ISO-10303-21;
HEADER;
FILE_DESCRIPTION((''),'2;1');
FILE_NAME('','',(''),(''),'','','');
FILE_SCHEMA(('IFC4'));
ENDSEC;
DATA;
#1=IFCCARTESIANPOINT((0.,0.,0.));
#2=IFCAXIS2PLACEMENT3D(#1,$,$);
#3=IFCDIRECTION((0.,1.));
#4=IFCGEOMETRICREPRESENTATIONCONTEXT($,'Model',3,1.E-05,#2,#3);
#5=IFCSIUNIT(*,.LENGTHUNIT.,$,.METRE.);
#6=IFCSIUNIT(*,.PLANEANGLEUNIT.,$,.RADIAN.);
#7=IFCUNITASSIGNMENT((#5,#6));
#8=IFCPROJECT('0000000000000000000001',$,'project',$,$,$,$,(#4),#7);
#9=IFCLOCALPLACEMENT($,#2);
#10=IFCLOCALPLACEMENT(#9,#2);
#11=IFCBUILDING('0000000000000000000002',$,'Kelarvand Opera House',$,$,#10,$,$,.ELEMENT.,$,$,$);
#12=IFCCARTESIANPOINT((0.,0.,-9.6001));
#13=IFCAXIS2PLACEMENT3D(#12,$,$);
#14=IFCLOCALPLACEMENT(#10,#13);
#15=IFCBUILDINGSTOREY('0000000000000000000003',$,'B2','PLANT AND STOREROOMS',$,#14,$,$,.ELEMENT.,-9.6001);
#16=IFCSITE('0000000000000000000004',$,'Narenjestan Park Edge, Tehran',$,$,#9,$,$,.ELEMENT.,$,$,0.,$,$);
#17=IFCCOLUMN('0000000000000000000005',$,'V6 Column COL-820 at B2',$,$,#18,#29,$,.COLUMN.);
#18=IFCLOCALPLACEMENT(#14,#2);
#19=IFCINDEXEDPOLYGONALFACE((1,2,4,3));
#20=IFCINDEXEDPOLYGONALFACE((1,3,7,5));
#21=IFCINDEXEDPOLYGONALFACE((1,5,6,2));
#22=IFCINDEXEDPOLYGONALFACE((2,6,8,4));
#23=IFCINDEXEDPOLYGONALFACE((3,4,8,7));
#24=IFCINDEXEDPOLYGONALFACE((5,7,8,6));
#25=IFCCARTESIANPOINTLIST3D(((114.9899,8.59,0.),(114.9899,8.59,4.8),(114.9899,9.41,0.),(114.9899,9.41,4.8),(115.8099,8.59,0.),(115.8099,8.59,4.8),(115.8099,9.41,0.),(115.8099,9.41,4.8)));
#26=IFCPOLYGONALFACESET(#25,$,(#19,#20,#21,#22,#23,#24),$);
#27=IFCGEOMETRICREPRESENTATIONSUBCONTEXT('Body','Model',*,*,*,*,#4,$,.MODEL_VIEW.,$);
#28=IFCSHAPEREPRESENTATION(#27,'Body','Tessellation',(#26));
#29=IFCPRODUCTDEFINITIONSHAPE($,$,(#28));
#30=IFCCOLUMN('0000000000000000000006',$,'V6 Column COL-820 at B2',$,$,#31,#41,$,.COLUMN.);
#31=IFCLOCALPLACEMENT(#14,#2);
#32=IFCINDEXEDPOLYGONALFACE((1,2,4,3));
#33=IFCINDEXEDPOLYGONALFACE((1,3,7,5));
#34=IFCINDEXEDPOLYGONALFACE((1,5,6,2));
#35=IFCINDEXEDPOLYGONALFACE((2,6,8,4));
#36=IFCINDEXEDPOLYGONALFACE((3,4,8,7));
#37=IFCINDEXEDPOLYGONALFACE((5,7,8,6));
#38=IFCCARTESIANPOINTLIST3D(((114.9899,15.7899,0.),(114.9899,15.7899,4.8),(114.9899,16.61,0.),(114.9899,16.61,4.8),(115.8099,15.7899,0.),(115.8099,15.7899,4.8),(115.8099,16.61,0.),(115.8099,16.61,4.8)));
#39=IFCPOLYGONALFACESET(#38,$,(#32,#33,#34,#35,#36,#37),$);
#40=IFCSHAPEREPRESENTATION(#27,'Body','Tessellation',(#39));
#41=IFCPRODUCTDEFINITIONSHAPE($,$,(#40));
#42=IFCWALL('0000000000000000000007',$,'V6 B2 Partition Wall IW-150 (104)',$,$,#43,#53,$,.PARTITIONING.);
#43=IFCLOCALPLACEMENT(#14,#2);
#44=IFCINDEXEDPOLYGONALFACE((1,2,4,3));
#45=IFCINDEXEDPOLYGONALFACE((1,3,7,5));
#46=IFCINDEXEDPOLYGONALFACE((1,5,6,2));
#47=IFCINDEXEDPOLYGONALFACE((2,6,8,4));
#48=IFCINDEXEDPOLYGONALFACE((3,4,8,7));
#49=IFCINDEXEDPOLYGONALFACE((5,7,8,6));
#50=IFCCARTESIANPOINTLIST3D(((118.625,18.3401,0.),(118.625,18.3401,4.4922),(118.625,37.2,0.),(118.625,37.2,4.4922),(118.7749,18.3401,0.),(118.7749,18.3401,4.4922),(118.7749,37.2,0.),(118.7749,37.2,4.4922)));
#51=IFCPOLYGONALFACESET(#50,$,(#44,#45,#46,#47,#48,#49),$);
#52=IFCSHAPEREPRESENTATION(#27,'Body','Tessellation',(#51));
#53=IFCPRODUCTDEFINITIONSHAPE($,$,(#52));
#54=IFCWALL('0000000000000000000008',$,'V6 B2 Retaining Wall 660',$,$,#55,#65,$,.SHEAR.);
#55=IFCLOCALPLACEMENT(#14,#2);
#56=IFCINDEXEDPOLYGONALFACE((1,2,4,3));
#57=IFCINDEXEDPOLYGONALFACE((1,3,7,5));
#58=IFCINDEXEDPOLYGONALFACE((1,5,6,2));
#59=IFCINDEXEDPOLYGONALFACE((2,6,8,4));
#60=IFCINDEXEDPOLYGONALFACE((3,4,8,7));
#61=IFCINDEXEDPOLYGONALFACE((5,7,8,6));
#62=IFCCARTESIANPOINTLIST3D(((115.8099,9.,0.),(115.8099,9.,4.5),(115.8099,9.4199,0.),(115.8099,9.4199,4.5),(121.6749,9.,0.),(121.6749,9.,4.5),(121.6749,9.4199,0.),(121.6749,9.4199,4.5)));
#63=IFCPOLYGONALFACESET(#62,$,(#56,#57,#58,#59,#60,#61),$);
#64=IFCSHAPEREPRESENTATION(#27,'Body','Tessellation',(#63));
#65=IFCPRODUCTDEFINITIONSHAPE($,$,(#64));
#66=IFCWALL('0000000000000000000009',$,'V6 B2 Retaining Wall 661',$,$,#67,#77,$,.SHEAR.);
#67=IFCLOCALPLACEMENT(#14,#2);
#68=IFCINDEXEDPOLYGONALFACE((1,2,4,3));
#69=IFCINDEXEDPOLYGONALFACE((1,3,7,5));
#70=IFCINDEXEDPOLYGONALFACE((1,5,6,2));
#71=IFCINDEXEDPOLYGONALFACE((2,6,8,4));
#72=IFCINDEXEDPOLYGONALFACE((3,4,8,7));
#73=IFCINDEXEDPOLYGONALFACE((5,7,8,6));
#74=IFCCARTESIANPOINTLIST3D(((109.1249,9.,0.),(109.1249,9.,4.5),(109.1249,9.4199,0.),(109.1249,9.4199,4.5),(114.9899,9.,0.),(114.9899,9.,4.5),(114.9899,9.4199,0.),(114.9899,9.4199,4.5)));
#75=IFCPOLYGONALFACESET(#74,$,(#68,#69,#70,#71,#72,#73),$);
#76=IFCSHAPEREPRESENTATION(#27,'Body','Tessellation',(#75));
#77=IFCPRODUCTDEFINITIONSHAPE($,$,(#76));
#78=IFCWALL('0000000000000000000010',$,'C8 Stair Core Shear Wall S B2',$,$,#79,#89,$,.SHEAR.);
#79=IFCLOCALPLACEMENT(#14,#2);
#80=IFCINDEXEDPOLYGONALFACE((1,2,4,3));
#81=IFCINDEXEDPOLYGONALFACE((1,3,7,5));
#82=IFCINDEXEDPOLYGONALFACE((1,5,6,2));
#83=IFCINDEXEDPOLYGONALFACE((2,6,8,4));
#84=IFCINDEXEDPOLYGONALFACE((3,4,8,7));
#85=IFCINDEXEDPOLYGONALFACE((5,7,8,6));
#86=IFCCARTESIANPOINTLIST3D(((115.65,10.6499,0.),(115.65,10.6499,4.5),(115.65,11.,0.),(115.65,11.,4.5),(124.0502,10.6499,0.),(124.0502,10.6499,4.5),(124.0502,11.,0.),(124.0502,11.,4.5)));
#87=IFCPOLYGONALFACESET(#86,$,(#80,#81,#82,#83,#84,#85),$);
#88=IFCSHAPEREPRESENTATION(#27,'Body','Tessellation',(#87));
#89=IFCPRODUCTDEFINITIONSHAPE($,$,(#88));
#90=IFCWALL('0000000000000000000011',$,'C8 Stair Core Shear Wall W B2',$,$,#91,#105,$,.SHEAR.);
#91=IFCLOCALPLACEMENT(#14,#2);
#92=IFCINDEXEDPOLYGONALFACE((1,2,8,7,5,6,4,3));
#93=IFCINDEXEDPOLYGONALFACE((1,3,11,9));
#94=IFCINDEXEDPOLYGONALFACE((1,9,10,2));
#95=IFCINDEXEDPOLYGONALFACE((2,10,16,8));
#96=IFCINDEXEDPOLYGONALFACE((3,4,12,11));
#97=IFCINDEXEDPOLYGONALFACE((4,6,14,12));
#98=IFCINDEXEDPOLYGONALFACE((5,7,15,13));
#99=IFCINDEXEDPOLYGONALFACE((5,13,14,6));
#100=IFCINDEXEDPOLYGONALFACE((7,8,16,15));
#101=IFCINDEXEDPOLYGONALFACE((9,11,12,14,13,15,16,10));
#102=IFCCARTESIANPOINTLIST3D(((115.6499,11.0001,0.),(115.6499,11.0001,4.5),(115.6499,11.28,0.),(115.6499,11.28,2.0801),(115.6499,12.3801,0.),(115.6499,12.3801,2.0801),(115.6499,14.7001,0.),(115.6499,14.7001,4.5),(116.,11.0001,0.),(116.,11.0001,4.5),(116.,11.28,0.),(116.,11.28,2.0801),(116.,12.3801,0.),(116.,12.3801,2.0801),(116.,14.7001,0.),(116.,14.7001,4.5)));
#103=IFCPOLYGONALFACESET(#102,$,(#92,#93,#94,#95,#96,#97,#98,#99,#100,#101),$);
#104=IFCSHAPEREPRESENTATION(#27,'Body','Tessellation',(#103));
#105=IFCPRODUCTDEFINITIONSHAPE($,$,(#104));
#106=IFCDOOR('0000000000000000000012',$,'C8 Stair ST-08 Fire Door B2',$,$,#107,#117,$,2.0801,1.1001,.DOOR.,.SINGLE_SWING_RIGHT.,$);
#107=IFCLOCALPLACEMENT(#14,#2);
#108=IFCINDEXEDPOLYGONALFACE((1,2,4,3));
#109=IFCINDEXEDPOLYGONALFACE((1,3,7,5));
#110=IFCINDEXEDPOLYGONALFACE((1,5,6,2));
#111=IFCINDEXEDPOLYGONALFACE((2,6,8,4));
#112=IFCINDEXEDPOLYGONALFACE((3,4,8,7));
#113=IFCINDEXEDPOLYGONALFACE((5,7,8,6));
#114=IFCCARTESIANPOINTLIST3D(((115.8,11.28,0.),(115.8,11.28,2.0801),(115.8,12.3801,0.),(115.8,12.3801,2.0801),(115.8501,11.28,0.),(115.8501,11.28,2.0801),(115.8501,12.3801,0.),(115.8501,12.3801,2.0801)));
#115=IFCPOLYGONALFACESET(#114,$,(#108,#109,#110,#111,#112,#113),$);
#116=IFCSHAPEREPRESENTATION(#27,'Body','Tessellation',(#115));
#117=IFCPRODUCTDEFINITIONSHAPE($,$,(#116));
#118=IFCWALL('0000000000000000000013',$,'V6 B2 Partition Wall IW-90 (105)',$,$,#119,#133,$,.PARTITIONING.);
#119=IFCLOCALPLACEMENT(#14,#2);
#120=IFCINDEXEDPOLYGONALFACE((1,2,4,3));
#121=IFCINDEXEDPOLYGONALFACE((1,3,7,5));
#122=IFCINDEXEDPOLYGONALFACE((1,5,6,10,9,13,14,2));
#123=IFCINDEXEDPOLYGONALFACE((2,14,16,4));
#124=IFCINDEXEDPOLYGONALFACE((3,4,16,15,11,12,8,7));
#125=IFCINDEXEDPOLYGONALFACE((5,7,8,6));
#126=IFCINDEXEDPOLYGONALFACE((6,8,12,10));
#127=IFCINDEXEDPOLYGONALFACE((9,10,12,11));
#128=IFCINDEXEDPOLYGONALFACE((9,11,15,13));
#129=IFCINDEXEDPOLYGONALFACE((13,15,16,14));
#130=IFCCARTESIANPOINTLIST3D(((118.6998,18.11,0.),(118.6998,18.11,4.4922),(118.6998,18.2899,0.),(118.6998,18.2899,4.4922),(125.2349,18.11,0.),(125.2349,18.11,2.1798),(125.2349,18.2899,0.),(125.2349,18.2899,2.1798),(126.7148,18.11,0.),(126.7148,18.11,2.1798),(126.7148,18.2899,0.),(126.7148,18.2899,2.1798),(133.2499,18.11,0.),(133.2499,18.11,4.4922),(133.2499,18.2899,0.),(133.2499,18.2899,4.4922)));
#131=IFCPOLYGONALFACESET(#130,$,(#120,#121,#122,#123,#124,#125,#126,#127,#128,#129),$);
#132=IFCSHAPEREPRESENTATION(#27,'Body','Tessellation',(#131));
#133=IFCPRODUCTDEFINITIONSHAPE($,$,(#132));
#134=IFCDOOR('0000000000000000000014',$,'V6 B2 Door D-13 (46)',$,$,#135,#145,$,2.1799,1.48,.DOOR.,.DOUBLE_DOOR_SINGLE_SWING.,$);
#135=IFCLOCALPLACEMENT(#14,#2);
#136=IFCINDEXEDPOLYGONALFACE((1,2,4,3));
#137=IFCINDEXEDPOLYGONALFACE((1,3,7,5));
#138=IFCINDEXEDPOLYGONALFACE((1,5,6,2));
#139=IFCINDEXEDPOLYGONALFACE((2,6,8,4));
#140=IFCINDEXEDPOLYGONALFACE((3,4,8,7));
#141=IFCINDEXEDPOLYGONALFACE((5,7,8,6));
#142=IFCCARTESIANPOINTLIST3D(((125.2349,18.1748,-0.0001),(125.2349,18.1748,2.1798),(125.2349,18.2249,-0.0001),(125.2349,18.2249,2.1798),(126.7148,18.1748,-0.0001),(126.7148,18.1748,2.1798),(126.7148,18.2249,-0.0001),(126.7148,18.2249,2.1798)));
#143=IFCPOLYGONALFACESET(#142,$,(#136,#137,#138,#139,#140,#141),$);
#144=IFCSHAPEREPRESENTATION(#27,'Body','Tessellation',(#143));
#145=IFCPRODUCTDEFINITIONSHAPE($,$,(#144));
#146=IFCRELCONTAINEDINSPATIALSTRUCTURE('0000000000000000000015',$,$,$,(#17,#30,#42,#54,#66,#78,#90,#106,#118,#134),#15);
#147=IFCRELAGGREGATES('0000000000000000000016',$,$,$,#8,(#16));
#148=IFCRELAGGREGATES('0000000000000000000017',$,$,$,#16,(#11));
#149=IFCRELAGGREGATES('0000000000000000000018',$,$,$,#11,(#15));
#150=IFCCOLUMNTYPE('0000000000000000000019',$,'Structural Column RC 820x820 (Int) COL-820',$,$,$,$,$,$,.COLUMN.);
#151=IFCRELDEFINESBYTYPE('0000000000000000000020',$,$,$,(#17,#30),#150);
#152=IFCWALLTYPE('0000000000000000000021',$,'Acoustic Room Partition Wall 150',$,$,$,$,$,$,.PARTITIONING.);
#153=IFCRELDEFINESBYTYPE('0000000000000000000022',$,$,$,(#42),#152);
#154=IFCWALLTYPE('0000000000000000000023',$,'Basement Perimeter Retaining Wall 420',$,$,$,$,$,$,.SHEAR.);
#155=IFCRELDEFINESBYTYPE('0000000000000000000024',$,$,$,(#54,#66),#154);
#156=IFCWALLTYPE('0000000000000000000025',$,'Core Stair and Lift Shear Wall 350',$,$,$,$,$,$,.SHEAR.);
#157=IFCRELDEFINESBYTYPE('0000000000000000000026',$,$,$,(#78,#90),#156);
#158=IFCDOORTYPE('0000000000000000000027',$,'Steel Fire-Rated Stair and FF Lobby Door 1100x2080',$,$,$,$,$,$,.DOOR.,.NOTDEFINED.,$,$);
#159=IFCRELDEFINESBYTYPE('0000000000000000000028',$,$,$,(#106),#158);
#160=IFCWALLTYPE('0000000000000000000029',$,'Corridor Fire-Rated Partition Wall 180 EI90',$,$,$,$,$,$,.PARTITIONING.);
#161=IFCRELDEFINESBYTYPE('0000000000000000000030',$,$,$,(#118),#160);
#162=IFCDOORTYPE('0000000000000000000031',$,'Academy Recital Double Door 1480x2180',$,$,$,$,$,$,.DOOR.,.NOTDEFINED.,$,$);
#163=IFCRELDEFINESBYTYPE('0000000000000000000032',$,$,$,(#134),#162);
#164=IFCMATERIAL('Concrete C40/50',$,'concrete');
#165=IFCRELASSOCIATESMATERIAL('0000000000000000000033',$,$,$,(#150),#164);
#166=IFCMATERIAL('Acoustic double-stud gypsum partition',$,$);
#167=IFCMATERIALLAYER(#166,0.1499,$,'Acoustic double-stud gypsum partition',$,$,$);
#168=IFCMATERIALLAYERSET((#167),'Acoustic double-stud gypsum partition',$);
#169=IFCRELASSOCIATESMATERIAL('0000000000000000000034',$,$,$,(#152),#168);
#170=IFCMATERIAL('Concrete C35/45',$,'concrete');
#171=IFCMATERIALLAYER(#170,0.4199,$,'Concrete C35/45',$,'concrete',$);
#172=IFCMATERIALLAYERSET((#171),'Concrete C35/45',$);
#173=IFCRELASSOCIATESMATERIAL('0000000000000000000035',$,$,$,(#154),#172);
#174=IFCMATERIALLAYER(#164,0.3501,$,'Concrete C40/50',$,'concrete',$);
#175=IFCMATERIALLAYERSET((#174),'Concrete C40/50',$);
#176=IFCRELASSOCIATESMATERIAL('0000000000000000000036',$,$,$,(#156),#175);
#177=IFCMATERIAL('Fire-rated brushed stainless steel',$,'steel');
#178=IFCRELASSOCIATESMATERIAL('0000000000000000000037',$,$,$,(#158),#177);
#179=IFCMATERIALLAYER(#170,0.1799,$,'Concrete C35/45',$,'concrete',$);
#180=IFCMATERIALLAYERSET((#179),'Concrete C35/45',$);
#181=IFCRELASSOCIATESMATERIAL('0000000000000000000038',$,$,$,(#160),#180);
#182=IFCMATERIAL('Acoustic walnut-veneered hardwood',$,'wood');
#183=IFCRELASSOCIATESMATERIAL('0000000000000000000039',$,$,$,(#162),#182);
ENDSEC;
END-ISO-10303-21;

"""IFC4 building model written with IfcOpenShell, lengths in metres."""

from ifc_helpers import new_model, si_unit, direction, frame, frame_2d, origin, origin_2d, place, context, subcontext, project, spatial, rectangle, extrude, material, layer, layer_set, material_profile, profile_set, type_object, element, fill, save


model = new_model("IFC4")

# Units and contexts
model_context = context("Model", 3, precision=1e-05, world=origin(), true_north=direction((0.0, 1.0)))
body_context = subcontext(model_context, "Body", "Model", "MODEL_VIEW")
ifc_project = project(units=[si_unit("LENGTHUNIT", "METRE"), si_unit("PLANEANGLEUNIT", "RADIAN")], contexts=[model_context])

# Site, building, storey
site_placement = place(None, origin())
site = spatial("IfcSite", under=ifc_project, at=site_placement, Name="Narenjestan Park Edge, Tehran", CompositionType="ELEMENT", RefElevation=0.0)
building_placement = place(site_placement, origin())
building = spatial("IfcBuilding", under=site, at=building_placement, Name="Kelarvand Opera House", CompositionType="ELEMENT")
storey_placement = place(building_placement, frame((0.0, 0.0, -9.6001)))
storey = spatial("IfcBuildingStorey", under=building, at=storey_placement, Name="B2", Description="PLANT AND STOREROOMS", CompositionType="ELEMENT", Elevation=-9.6001)

# Shared definitions
ifc_material_1 = material(Name="Concrete C40/50", Category="concrete")

# Columns
ifc_material_profile_1 = material_profile(ifc_material_1, rectangle(XDim=0.8201, YDim=0.8201, at=origin_2d()), Name="RC 820x820", Category="concrete")
ifc_profile_set_1 = profile_set([ifc_material_profile_1], Name="Concrete C40/50")
column_type_1 = type_object("IfcColumnType", Name="Structural Column RC 820x820 (Int) COL-820", PredefinedType="COLUMN", material=ifc_profile_set_1)
for number, where, z_axis, x_axis, name in (
    (1, (115.3999, 9.0, 0.0), (0.0, 0.0, 1.0), (1.0, 0.0, 0.0), "V6 Column COL-820 at B2"),
    (2, (115.3999, 16.2, 0.0), (0.0, 0.0, 1.0), (1.0, 0.0, 0.0), "V6 Column COL-820 at B2"),
):
    element("IfcColumn", number, at=place(storey_placement, frame(where, z_axis=z_axis, x_axis=x_axis)), inside=storey, type_object=column_type_1, Name=name, PredefinedType="COLUMN", context=body_context, shape_type="SweptSolid", body=[
        extrude(rectangle(XDim=0.8201, YDim=0.8201, at=origin_2d()), origin(), (0.0, 0.0, 1.0), 4.8),
    ])

# Walls
ifc_material_2 = material(Name="Acoustic double-stud gypsum partition")
ifc_layer_1 = layer(ifc_material_2, 0.1499, Name="Acoustic double-stud gypsum partition")
ifc_layer_set_1 = layer_set([ifc_layer_1], Name="Acoustic double-stud gypsum partition")
wall_type_1 = type_object("IfcWallType", Name="Acoustic Room Partition Wall 150", PredefinedType="PARTITIONING", material=ifc_layer_set_1)
wall_1_placement = place(storey_placement, frame((118.7, 18.3401, 0.0), z_axis=(0.0, 0.0, 1.0), x_axis=(0.0, 1.0, 0.0)))
element("IfcWall", 3, at=wall_1_placement, inside=storey, type_object=wall_type_1, Name="V6 B2 Partition Wall IW-150 (104)", PredefinedType="PARTITIONING", context=body_context, shape_type="SweptSolid", body=[
    extrude(rectangle(XDim=18.8599, YDim=0.1499, at=frame_2d((9.4299, 0.0))), origin(), (0.0, 0.0, 1.0), 4.4922),
])
ifc_material_3 = material(Name="Concrete C35/45", Category="concrete")
ifc_layer_2 = layer(ifc_material_3, 0.4199, Name="Concrete C35/45", Category="concrete")
ifc_layer_set_2 = layer_set([ifc_layer_2], Name="Concrete C35/45")
wall_type_2 = type_object("IfcWallType", Name="Basement Perimeter Retaining Wall 420", PredefinedType="SHEAR", material=ifc_layer_set_2)
for number, where, z_axis, x_axis, name in (
    (4, (121.675, 9.21, 0.0), (0.0, 0.0, 1.0), (-1.0, 0.0, 0.0), "V6 B2 Retaining Wall 660"),
    (5, (114.99, 9.21, 0.0), (0.0, 0.0, 1.0), (-1.0, 0.0, 0.0), "V6 B2 Retaining Wall 661"),
):
    element("IfcWall", number, at=place(storey_placement, frame(where, z_axis=z_axis, x_axis=x_axis)), inside=storey, type_object=wall_type_2, Name=name, PredefinedType="SHEAR", context=body_context, shape_type="SweptSolid", body=[
        extrude(rectangle(XDim=5.865, YDim=0.4199, at=frame_2d((2.9326, 0.0))), origin(), (0.0, 0.0, 1.0), 4.5),
    ])
ifc_layer_3 = layer(ifc_material_1, 0.3501, Name="Concrete C40/50", Category="concrete")
ifc_layer_set_3 = layer_set([ifc_layer_3], Name="Concrete C40/50")
wall_type_3 = type_object("IfcWallType", Name="Core Stair and Lift Shear Wall 350", PredefinedType="SHEAR", material=ifc_layer_set_3)
wall_2_placement = place(storey_placement, frame((115.6499, 10.825, 0.0), z_axis=(0.0, 0.0, 1.0), x_axis=(1.0, 0.0, 0.0)))
element("IfcWall", 6, at=wall_2_placement, inside=storey, type_object=wall_type_3, Name="C8 Stair Core Shear Wall S B2", PredefinedType="SHEAR", context=body_context, shape_type="SweptSolid", body=[
    extrude(rectangle(XDim=8.4001, YDim=0.3501, at=frame_2d((4.2002, 0.0))), origin(), (0.0, 0.0, 1.0), 4.5),
])

# Walls, openings, doors
wall_3_placement = place(storey_placement, frame((115.825, 11.0, 0.0), z_axis=(0.0, 0.0, 1.0), x_axis=(0.0, 1.0, 0.0)))
wall_3 = element("IfcWall", 7, at=wall_3_placement, inside=storey, type_object=wall_type_3, Name="C8 Stair Core Shear Wall W B2", PredefinedType="SHEAR", context=body_context, shape_type="SweptSolid", body=[
    extrude(rectangle(XDim=3.7, YDim=0.3501, at=frame_2d((1.8501, 0.0))), origin(), (0.0, 0.0, 1.0), 4.5),
])
opening_1_placement = place(wall_3_placement, frame((0.28, 0.0, 0.0)))
opening_1 = element("IfcOpeningElement", 8, at=opening_1_placement, cuts=wall_3, PredefinedType="OPENING", context=body_context, shape_type="SweptSolid", body=[
    extrude(rectangle(XDim=1.1001, YDim=2.0801, at=frame_2d((0.55, 1.04))), frame((0.0, 0.1851, 0.0), z_axis=(0.0, -1.0, 0.0), x_axis=(1.0, 0.0, 0.0)), (0.0, 0.0, 1.0), 0.3701),
])
ifc_material_4 = material(Name="Fire-rated brushed stainless steel", Category="steel")
door_type_1 = type_object("IfcDoorType", Name="Steel Fire-Rated Stair and FF Lobby Door 1100x2080", OperationType="NOTDEFINED", PredefinedType="DOOR", material=ifc_material_4)
door_1_placement = place(opening_1_placement, origin())
door_1 = element("IfcDoor", 9, at=door_1_placement, inside=storey, type_object=door_type_1, Name="C8 Stair ST-08 Fire Door B2", OperationType="SINGLE_SWING_RIGHT", OverallHeight=2.0801, OverallWidth=1.1001, PredefinedType="DOOR", context=body_context, shape_type="SweptSolid", body=[
    extrude(rectangle(XDim=1.1001, YDim=2.0801, at=frame_2d((0.55, 1.04))), frame((0.0, 0.0249, 0.0), z_axis=(0.0, -1.0, 0.0), x_axis=(1.0, 0.0, 0.0)), (0.0, 0.0, 1.0), 0.05),
])
fill(opening_1, door_1)
ifc_layer_4 = layer(ifc_material_3, 0.1799, Name="Concrete C35/45", Category="concrete")
ifc_layer_set_4 = layer_set([ifc_layer_4], Name="Concrete C35/45")
wall_type_4 = type_object("IfcWallType", Name="Corridor Fire-Rated Partition Wall 180 EI90", PredefinedType="PARTITIONING", material=ifc_layer_set_4)
wall_4_placement = place(storey_placement, frame((118.7, 18.2, 0.0), z_axis=(0.0, 0.0, 1.0), x_axis=(1.0, 0.0, 0.0)))
wall_4 = element("IfcWall", 10, at=wall_4_placement, inside=storey, type_object=wall_type_4, Name="V6 B2 Partition Wall IW-90 (105)", PredefinedType="PARTITIONING", context=body_context, shape_type="SweptSolid", body=[
    extrude(rectangle(XDim=14.55, YDim=0.1799, at=frame_2d((7.2749, 0.0))), origin(), (0.0, 0.0, 1.0), 4.4922),
])
opening_2_placement = place(wall_4_placement, frame((6.5349, 0.0, 0.0)))
opening_2 = element("IfcOpeningElement", 11, at=opening_2_placement, cuts=wall_4, PredefinedType="OPENING", context=body_context, shape_type="SweptSolid", body=[
    extrude(rectangle(XDim=1.48, YDim=2.1799, at=frame_2d((0.74, 1.0898))), frame((0.0, 0.1001, 0.0), z_axis=(0.0, -1.0, 0.0), x_axis=(1.0, 0.0, 0.0)), (0.0, 0.0, 1.0), 0.2),
])
ifc_material_5 = material(Name="Acoustic walnut-veneered hardwood", Category="wood")
door_type_2 = type_object("IfcDoorType", Name="Academy Recital Double Door 1480x2180", OperationType="NOTDEFINED", PredefinedType="DOOR", material=ifc_material_5)
door_2_placement = place(opening_2_placement, origin())
door_2 = element("IfcDoor", 12, at=door_2_placement, inside=storey, type_object=door_type_2, Name="V6 B2 Door D-13 (46)", OperationType="DOUBLE_DOOR_SINGLE_SWING", OverallHeight=2.1799, OverallWidth=1.48, PredefinedType="DOOR", context=body_context, shape_type="SweptSolid", body=[
    extrude(rectangle(XDim=1.48, YDim=2.1799, at=frame_2d((0.74, 1.0898))), frame((0.0, 0.0249, 0.0), z_axis=(0.0, -1.0, 0.0), x_axis=(1.0, 0.0, 0.0)), (0.0, 0.0, 1.0), 0.05),
])
fill(opening_2, door_2)

save(model, "model.ifc")
